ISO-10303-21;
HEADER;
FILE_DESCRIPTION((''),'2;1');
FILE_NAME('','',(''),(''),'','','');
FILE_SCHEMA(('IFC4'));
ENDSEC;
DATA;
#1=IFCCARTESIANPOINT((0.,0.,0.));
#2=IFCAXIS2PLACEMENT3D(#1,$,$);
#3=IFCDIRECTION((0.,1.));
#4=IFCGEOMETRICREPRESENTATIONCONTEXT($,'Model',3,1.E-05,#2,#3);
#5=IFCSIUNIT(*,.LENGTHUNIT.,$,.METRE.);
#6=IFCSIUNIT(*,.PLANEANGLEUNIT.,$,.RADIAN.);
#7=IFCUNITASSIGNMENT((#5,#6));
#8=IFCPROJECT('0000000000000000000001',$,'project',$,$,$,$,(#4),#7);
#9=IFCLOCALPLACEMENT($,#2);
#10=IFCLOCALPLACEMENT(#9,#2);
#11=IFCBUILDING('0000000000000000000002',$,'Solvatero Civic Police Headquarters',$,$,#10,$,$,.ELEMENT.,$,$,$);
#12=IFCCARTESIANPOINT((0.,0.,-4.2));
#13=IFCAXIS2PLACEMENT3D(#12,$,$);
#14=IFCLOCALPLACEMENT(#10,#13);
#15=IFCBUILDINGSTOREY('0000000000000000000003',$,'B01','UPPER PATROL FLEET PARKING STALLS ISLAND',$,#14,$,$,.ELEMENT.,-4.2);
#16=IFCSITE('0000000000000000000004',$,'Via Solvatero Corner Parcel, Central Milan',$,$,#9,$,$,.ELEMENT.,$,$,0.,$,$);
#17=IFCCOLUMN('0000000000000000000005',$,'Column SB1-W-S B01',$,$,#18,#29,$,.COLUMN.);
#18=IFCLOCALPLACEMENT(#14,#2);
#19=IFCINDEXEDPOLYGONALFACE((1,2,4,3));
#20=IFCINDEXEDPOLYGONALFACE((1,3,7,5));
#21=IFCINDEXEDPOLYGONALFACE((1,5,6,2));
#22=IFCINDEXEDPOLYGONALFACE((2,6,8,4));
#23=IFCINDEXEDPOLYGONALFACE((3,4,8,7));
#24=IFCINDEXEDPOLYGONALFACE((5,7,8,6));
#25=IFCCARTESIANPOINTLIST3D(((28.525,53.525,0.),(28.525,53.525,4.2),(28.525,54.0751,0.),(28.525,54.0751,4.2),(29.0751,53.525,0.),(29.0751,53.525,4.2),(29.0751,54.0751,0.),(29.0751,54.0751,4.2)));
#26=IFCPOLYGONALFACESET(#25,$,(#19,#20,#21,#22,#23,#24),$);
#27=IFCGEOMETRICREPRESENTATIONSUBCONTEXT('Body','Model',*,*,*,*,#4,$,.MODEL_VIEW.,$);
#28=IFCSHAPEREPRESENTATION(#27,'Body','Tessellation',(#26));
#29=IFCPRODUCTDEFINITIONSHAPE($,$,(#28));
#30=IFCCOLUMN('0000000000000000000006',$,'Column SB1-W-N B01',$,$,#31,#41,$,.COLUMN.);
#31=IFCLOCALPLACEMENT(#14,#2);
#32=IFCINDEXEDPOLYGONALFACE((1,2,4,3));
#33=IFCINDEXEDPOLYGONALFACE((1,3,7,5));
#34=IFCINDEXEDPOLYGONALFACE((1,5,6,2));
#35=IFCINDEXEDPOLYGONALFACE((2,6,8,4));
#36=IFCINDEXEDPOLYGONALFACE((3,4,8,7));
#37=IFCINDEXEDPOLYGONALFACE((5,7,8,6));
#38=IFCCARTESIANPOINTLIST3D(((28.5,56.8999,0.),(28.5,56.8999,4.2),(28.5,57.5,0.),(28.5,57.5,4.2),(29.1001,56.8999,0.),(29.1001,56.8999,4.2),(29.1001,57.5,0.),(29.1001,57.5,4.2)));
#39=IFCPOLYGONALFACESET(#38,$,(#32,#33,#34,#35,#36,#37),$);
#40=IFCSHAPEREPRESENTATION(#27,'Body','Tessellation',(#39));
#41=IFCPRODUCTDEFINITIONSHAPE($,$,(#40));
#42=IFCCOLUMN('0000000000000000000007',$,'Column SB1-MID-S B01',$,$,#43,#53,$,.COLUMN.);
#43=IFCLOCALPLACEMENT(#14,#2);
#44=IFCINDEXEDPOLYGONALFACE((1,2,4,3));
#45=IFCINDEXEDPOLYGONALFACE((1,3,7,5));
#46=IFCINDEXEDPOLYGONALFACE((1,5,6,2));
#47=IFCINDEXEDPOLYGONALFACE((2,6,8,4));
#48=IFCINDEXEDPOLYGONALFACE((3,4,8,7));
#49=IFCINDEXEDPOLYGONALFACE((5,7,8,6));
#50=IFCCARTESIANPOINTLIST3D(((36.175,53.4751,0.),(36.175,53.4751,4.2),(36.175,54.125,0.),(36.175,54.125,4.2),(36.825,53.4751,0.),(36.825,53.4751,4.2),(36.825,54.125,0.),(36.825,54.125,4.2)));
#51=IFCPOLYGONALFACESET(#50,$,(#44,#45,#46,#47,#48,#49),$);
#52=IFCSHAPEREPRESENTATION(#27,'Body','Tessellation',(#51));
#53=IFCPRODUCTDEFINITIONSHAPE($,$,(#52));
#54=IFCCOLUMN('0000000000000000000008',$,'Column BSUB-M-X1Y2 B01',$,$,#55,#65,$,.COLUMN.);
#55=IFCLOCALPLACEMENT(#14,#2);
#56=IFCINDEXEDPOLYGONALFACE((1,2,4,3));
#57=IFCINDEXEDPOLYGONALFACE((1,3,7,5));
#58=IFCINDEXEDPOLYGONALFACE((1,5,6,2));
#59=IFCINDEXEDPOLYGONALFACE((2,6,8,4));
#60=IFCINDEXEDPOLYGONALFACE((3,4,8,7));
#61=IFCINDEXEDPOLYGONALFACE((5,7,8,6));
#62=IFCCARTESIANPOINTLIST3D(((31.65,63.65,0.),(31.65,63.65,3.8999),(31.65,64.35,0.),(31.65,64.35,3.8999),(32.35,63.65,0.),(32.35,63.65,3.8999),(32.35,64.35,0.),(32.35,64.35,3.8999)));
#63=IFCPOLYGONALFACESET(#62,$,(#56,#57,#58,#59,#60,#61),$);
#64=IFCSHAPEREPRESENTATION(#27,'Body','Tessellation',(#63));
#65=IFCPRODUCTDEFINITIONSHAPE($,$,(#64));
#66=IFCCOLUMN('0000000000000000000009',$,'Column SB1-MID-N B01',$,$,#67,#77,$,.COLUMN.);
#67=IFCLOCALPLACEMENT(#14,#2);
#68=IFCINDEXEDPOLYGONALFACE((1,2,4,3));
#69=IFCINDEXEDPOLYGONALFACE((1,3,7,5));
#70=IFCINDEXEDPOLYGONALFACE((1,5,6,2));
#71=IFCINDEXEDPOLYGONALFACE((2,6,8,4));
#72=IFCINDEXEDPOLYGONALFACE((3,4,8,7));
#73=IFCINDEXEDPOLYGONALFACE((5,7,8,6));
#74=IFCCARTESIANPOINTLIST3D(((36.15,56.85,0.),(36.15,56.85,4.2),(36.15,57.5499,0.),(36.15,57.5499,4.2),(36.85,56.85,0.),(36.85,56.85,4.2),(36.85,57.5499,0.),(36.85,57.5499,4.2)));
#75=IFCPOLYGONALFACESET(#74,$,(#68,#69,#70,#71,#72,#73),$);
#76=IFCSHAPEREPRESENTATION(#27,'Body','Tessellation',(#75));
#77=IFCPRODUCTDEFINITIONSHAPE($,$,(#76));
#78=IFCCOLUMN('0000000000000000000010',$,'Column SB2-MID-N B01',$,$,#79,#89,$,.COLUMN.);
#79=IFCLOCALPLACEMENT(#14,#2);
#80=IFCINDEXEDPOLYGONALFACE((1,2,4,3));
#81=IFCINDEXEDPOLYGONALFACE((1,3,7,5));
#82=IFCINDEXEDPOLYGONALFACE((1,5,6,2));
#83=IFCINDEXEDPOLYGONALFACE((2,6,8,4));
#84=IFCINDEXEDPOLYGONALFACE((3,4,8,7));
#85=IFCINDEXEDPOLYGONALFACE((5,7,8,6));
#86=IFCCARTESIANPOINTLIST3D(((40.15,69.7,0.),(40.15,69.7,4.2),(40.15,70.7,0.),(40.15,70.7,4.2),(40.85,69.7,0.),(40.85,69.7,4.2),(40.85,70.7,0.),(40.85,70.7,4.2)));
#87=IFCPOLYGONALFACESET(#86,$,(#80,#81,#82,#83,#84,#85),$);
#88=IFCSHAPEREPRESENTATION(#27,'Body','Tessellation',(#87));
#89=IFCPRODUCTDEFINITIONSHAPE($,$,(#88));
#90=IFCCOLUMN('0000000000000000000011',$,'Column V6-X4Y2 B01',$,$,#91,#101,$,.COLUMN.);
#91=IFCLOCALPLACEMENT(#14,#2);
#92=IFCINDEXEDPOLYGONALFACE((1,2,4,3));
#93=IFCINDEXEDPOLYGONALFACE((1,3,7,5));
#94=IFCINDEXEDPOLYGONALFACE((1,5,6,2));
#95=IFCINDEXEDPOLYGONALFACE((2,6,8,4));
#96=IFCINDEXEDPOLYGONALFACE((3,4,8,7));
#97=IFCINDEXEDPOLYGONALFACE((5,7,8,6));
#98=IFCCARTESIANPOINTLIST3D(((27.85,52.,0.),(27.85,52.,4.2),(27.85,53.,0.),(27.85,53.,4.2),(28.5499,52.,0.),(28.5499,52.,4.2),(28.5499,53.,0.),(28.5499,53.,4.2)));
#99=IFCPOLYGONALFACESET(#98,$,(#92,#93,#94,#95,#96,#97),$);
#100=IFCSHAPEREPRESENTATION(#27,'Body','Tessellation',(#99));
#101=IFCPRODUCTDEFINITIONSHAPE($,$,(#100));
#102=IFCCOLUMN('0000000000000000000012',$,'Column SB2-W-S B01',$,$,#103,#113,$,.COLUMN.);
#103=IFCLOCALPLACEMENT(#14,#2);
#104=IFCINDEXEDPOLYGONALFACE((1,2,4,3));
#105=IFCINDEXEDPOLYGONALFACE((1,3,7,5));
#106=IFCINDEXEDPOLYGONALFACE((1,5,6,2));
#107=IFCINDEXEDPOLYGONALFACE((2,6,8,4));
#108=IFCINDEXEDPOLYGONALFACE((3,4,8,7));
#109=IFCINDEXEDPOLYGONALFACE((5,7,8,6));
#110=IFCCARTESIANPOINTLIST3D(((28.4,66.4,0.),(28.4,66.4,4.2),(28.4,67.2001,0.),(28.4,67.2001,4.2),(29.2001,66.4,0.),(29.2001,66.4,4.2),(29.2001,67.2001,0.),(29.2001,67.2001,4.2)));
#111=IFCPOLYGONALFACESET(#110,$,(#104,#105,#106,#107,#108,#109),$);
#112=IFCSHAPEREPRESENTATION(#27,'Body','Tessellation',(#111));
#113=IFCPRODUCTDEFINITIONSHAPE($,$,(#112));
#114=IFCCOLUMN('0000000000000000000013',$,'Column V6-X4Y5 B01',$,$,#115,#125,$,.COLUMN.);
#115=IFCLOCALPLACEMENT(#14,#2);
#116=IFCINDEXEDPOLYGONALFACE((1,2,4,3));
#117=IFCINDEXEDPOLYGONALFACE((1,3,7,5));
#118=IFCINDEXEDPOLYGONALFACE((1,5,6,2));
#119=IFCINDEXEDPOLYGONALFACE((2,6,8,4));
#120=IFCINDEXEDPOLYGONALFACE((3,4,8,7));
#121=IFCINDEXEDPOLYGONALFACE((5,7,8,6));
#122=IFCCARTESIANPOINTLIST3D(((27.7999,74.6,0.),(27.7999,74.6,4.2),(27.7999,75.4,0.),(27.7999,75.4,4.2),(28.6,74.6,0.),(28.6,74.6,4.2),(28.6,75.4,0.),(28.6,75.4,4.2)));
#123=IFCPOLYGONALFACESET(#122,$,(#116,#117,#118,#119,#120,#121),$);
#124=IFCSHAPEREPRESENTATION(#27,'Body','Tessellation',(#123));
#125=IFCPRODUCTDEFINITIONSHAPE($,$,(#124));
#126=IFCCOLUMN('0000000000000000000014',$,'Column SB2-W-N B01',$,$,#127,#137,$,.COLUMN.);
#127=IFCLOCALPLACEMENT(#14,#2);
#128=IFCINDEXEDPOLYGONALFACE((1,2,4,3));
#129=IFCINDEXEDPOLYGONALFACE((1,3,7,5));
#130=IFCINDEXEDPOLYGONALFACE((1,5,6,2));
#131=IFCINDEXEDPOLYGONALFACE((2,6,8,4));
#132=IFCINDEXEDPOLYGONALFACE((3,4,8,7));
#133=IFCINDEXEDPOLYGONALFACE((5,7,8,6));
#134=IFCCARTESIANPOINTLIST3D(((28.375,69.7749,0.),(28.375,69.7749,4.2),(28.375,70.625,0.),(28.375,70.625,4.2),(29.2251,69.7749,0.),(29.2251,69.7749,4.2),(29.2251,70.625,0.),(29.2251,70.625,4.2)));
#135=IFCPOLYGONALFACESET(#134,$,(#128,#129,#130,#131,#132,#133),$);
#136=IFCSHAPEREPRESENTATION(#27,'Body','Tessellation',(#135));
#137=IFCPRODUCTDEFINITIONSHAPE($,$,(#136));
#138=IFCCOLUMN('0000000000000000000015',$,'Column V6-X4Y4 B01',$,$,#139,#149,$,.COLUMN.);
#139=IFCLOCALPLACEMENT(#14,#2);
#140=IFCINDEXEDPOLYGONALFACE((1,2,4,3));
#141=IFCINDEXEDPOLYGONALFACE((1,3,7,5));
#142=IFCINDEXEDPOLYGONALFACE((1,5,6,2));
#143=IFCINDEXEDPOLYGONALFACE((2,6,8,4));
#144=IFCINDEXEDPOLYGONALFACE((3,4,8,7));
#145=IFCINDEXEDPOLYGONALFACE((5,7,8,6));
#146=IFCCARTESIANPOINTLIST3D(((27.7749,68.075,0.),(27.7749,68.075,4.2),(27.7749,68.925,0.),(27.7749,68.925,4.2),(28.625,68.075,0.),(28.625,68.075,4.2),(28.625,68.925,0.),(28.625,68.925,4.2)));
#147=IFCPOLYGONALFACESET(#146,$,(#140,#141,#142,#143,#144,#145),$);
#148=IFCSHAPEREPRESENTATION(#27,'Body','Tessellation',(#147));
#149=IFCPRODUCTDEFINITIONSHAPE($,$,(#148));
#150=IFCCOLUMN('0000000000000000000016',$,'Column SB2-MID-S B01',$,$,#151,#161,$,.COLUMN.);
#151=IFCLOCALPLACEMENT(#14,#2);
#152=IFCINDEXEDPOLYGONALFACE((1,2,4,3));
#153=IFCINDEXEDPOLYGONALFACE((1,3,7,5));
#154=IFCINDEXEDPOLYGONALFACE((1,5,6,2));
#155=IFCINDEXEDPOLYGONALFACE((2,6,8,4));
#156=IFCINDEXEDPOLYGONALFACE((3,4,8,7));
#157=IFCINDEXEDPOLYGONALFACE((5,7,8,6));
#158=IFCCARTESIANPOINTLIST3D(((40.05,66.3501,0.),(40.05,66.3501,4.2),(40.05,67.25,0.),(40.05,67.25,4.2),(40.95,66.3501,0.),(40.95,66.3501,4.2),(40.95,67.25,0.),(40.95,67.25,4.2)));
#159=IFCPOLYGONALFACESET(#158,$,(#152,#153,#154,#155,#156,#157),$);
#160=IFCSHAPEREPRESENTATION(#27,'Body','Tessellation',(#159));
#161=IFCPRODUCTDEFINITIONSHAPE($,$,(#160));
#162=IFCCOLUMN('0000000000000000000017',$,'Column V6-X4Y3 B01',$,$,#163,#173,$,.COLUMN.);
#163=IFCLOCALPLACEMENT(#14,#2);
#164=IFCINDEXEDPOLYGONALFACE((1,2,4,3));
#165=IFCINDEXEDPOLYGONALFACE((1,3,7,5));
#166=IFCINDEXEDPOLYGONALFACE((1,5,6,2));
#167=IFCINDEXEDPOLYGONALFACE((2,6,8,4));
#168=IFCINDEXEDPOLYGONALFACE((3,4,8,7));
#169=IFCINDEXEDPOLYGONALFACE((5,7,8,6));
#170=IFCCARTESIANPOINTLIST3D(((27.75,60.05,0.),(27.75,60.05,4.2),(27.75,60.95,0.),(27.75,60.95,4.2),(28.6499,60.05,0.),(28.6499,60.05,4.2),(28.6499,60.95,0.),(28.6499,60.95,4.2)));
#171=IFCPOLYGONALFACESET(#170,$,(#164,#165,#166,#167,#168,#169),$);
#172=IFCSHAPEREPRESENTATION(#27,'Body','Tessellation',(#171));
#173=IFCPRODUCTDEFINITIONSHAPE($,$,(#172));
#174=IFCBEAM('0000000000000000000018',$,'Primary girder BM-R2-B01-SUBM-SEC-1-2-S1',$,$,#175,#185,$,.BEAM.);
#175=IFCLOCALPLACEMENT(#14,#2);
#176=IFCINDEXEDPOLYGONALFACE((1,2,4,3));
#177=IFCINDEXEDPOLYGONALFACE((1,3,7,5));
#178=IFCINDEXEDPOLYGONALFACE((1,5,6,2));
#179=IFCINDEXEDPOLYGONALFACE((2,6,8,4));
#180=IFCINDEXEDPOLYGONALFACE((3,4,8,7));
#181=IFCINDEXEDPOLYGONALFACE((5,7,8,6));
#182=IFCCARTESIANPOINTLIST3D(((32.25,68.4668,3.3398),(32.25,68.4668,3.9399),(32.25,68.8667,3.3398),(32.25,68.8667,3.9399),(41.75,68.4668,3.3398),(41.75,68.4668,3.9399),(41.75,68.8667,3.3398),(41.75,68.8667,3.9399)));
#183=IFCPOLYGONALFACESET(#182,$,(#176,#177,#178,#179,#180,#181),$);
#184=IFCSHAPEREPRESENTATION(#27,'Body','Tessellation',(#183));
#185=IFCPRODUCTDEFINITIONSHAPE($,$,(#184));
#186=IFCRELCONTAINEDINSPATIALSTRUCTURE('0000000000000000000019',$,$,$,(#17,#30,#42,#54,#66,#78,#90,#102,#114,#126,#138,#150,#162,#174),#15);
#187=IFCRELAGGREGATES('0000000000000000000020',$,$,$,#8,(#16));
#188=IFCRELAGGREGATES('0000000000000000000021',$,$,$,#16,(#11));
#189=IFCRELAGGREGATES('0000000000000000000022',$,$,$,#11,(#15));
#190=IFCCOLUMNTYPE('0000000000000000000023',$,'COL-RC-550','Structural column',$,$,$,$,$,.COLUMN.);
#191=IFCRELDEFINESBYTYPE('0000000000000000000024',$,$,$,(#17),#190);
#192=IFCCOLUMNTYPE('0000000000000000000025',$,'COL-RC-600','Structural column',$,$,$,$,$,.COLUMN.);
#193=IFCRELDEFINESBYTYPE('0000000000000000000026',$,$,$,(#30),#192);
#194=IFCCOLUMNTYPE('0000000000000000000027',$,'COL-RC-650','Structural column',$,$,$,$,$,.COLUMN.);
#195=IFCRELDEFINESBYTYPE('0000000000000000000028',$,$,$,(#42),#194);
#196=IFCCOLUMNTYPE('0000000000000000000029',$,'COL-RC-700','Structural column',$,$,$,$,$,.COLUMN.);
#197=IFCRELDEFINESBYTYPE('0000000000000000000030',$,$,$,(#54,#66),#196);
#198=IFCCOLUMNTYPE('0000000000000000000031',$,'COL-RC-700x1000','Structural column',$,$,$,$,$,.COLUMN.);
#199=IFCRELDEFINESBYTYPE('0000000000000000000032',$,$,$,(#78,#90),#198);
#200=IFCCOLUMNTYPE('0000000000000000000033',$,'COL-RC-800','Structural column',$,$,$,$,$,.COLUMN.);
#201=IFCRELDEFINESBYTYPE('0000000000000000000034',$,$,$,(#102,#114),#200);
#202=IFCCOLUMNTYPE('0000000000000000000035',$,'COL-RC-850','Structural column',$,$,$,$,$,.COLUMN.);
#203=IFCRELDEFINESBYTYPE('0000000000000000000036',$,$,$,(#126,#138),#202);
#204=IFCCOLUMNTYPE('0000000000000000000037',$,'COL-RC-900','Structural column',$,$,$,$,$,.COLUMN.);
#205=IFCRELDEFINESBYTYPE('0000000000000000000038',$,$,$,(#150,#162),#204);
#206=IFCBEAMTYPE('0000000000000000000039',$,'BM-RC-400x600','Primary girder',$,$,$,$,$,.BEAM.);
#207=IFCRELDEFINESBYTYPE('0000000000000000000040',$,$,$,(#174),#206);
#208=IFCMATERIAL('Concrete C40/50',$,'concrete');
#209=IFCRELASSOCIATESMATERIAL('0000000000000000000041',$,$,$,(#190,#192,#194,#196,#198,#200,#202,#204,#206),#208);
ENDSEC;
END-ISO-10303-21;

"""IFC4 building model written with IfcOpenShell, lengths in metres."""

from ifc_helpers import new_model, si_unit, direction, frame, origin, origin_2d, place, context, subcontext, project, spatial, rectangle, extrude, material, material_profile, profile_set, type_object, element, save


model = new_model("IFC4")

# Units and contexts
model_context = context("Model", 3, precision=1e-05, world=origin(), true_north=direction((0.0, 1.0)))
body_context = subcontext(model_context, "Body", "Model", "MODEL_VIEW")
ifc_project = project(units=[si_unit("LENGTHUNIT", "METRE"), si_unit("PLANEANGLEUNIT", "RADIAN")], contexts=[model_context])

# Site, building, storey
site_placement = place(None, origin())
site = spatial("IfcSite", under=ifc_project, at=site_placement, Name="Via Solvatero Corner Parcel, Central Milan", CompositionType="ELEMENT", RefElevation=0.0)
building_placement = place(site_placement, origin())
building = spatial("IfcBuilding", under=site, at=building_placement, Name="Solvatero Civic Police Headquarters", CompositionType="ELEMENT")
storey_placement = place(building_placement, frame((0.0, 0.0, -4.2)))
storey = spatial("IfcBuildingStorey", under=building, at=storey_placement, Name="B01", Description="UPPER PATROL FLEET PARKING STALLS ISLAND", CompositionType="ELEMENT", Elevation=-4.2)

# Columns
ifc_material_1 = material(Name="Concrete C40/50", Category="concrete")
ifc_material_profile_1 = material_profile(ifc_material_1, rectangle(XDim=0.55, YDim=0.55, at=origin_2d()), Name="RC 550x550")
ifc_profile_set_1 = profile_set([ifc_material_profile_1], Name="Concrete C40/50")
column_type_1 = type_object("IfcColumnType", Name="COL-RC-550", Description="Structural column", PredefinedType="COLUMN", material=ifc_profile_set_1)
column_1_placement = place(storey_placement, frame((28.8, 53.8, 0.0), z_axis=(0.0, 0.0, 1.0), x_axis=(1.0, 0.0, 0.0)))
element("IfcColumn", 1, at=column_1_placement, inside=storey, type_object=column_type_1, Name="Column SB1-W-S B01", PredefinedType="COLUMN", context=body_context, shape_type="SweptSolid", body=[
    extrude(rectangle(XDim=0.55, YDim=0.55, at=origin_2d()), origin(), (0.0, 0.0, 1.0), 4.2),
])
ifc_material_profile_2 = material_profile(ifc_material_1, rectangle(XDim=0.6001, YDim=0.6001, at=origin_2d()), Name="RC 600x600")
ifc_profile_set_2 = profile_set([ifc_material_profile_2], Name="Concrete C40/50")
column_type_2 = type_object("IfcColumnType", Name="COL-RC-600", Description="Structural column", PredefinedType="COLUMN", material=ifc_profile_set_2)
column_2_placement = place(storey_placement, frame((28.8, 57.2, 0.0), z_axis=(0.0, 0.0, 1.0), x_axis=(1.0, 0.0, 0.0)))
element("IfcColumn", 2, at=column_2_placement, inside=storey, type_object=column_type_2, Name="Column SB1-W-N B01", PredefinedType="COLUMN", context=body_context, shape_type="SweptSolid", body=[
    extrude(rectangle(XDim=0.6001, YDim=0.6001, at=origin_2d()), origin(), (0.0, 0.0, 1.0), 4.2),
])
ifc_material_profile_3 = material_profile(ifc_material_1, rectangle(XDim=0.6499, YDim=0.6499, at=origin_2d()), Name="RC 650x650")
ifc_profile_set_3 = profile_set([ifc_material_profile_3], Name="Concrete C40/50")
column_type_3 = type_object("IfcColumnType", Name="COL-RC-650", Description="Structural column", PredefinedType="COLUMN", material=ifc_profile_set_3)
column_3_placement = place(storey_placement, frame((36.5, 53.8, 0.0), z_axis=(0.0, 0.0, 1.0), x_axis=(1.0, 0.0, 0.0)))
element("IfcColumn", 3, at=column_3_placement, inside=storey, type_object=column_type_3, Name="Column SB1-MID-S B01", PredefinedType="COLUMN", context=body_context, shape_type="SweptSolid", body=[
    extrude(rectangle(XDim=0.6499, YDim=0.6499, at=origin_2d()), origin(), (0.0, 0.0, 1.0), 4.2),
])
ifc_material_profile_4 = material_profile(ifc_material_1, rectangle(XDim=0.7, YDim=0.7, at=origin_2d()), Name="RC 700x700")
ifc_profile_set_4 = profile_set([ifc_material_profile_4], Name="Concrete C40/50")
column_type_4 = type_object("IfcColumnType", Name="COL-RC-700", Description="Structural column", PredefinedType="COLUMN", material=ifc_profile_set_4)
column_4_placement = place(storey_placement, frame((32.0, 64.0, 0.0), z_axis=(0.0, 0.0, 1.0), x_axis=(1.0, 0.0, 0.0)))
element("IfcColumn", 4, at=column_4_placement, inside=storey, type_object=column_type_4, Name="Column BSUB-M-X1Y2 B01", PredefinedType="COLUMN", context=body_context, shape_type="SweptSolid", body=[
    extrude(rectangle(XDim=0.7, YDim=0.7, at=origin_2d()), origin(), (0.0, 0.0, 1.0), 3.8999),
])
column_5_placement = place(storey_placement, frame((36.5, 57.2, 0.0), z_axis=(0.0, 0.0, 1.0), x_axis=(1.0, 0.0, 0.0)))
element("IfcColumn", 5, at=column_5_placement, inside=storey, type_object=column_type_4, Name="Column SB1-MID-N B01", PredefinedType="COLUMN", context=body_context, shape_type="SweptSolid", body=[
    extrude(rectangle(XDim=0.7, YDim=0.7, at=origin_2d()), origin(), (0.0, 0.0, 1.0), 4.2),
])
ifc_material_profile_5 = material_profile(ifc_material_1, rectangle(XDim=0.7, YDim=1.0, at=origin_2d()), Name="RC 700x1000")
ifc_profile_set_5 = profile_set([ifc_material_profile_5], Name="Concrete C40/50")
column_type_5 = type_object("IfcColumnType", Name="COL-RC-700x1000", Description="Structural column", PredefinedType="COLUMN", material=ifc_profile_set_5)
for number, where, z_axis, x_axis, name in (
    (6, (40.5, 70.2, 0.0), (0.0, 0.0, 1.0), (1.0, 0.0, 0.0), "Column SB2-MID-N B01"),
    (7, (28.2, 52.5, 0.0), (0.0, 0.0, 1.0), (1.0, 0.0, 0.0), "Column V6-X4Y2 B01"),
):
    element("IfcColumn", number, at=place(storey_placement, frame(where, z_axis=z_axis, x_axis=x_axis)), inside=storey, type_object=column_type_5, Name=name, PredefinedType="COLUMN", context=body_context, shape_type="SweptSolid", body=[
        extrude(rectangle(XDim=0.7, YDim=1.0, at=origin_2d()), origin(), (0.0, 0.0, 1.0), 4.2),
    ])
ifc_material_profile_6 = material_profile(ifc_material_1, rectangle(XDim=0.8, YDim=0.8, at=origin_2d()), Name="RC 800x800")
ifc_profile_set_6 = profile_set([ifc_material_profile_6], Name="Concrete C40/50")
column_type_6 = type_object("IfcColumnType", Name="COL-RC-800", Description="Structural column", PredefinedType="COLUMN", material=ifc_profile_set_6)
for number, where, z_axis, x_axis, name in (
    (8, (28.8, 66.8, 0.0), (0.0, 0.0, 1.0), (1.0, 0.0, 0.0), "Column SB2-W-S B01"),
    (9, (28.2, 75.0, 0.0), (0.0, 0.0, 1.0), (1.0, 0.0, 0.0), "Column V6-X4Y5 B01"),
):
    element("IfcColumn", number, at=place(storey_placement, frame(where, z_axis=z_axis, x_axis=x_axis)), inside=storey, type_object=column_type_6, Name=name, PredefinedType="COLUMN", context=body_context, shape_type="SweptSolid", body=[
        extrude(rectangle(XDim=0.8, YDim=0.8, at=origin_2d()), origin(), (0.0, 0.0, 1.0), 4.2),
    ])
ifc_material_profile_7 = material_profile(ifc_material_1, rectangle(XDim=0.8501, YDim=0.8501, at=origin_2d()), Name="RC 850x850")
ifc_profile_set_7 = profile_set([ifc_material_profile_7], Name="Concrete C40/50")
column_type_7 = type_object("IfcColumnType", Name="COL-RC-850", Description="Structural column", PredefinedType="COLUMN", material=ifc_profile_set_7)
for number, where, z_axis, x_axis, name in (
    (10, (28.8, 70.2, 0.0), (0.0, 0.0, 1.0), (1.0, 0.0, 0.0), "Column SB2-W-N B01"),
    (11, (28.2, 68.5, 0.0), (0.0, 0.0, 1.0), (1.0, 0.0, 0.0), "Column V6-X4Y4 B01"),
):
    element("IfcColumn", number, at=place(storey_placement, frame(where, z_axis=z_axis, x_axis=x_axis)), inside=storey, type_object=column_type_7, Name=name, PredefinedType="COLUMN", context=body_context, shape_type="SweptSolid", body=[
        extrude(rectangle(XDim=0.8501, YDim=0.8501, at=origin_2d()), origin(), (0.0, 0.0, 1.0), 4.2),
    ])
ifc_material_profile_8 = material_profile(ifc_material_1, rectangle(XDim=0.8999, YDim=0.8999, at=origin_2d()), Name="RC 900x900")
ifc_profile_set_8 = profile_set([ifc_material_profile_8], Name="Concrete C40/50")
column_type_8 = type_object("IfcColumnType", Name="COL-RC-900", Description="Structural column", PredefinedType="COLUMN", material=ifc_profile_set_8)
for number, where, z_axis, x_axis, name in (
    (12, (40.5, 66.8, 0.0), (0.0, 0.0, 1.0), (1.0, 0.0, 0.0), "Column SB2-MID-S B01"),
    (13, (28.2, 60.5, 0.0), (0.0, 0.0, 1.0), (1.0, 0.0, 0.0), "Column V6-X4Y3 B01"),
):
    element("IfcColumn", number, at=place(storey_placement, frame(where, z_axis=z_axis, x_axis=x_axis)), inside=storey, type_object=column_type_8, Name=name, PredefinedType="COLUMN", context=body_context, shape_type="SweptSolid", body=[
        extrude(rectangle(XDim=0.8999, YDim=0.8999, at=origin_2d()), origin(), (0.0, 0.0, 1.0), 4.2),
    ])

# Beam
ifc_material_profile_9 = material_profile(ifc_material_1, rectangle(XDim=0.3999, YDim=0.6001, at=origin_2d()), Name="RC 400x600")
ifc_profile_set_9 = profile_set([ifc_material_profile_9], Name="Concrete C40/50")
beam_type_1 = type_object("IfcBeamType", Name="BM-RC-400x600", Description="Primary girder", PredefinedType="BEAM", material=ifc_profile_set_9)
for number, where, z_axis, x_axis, name in (
    (14, (32.25, 68.6667, 3.6399), (1.0, 0.0, 0.0), (0.0, 1.0, 0.0), "Primary girder BM-R2-B01-SUBM-SEC-1-2-S1"),
):
    element("IfcBeam", number, at=place(storey_placement, frame(where, z_axis=z_axis, x_axis=x_axis)), inside=storey, type_object=beam_type_1, Name=name, PredefinedType="BEAM", context=body_context, shape_type="SweptSolid", body=[
        extrude(rectangle(XDim=0.3999, YDim=0.6001, at=origin_2d()), origin(), (0.0, 0.0, 1.0), 9.5),
    ])

save(model, "model.ifc")
